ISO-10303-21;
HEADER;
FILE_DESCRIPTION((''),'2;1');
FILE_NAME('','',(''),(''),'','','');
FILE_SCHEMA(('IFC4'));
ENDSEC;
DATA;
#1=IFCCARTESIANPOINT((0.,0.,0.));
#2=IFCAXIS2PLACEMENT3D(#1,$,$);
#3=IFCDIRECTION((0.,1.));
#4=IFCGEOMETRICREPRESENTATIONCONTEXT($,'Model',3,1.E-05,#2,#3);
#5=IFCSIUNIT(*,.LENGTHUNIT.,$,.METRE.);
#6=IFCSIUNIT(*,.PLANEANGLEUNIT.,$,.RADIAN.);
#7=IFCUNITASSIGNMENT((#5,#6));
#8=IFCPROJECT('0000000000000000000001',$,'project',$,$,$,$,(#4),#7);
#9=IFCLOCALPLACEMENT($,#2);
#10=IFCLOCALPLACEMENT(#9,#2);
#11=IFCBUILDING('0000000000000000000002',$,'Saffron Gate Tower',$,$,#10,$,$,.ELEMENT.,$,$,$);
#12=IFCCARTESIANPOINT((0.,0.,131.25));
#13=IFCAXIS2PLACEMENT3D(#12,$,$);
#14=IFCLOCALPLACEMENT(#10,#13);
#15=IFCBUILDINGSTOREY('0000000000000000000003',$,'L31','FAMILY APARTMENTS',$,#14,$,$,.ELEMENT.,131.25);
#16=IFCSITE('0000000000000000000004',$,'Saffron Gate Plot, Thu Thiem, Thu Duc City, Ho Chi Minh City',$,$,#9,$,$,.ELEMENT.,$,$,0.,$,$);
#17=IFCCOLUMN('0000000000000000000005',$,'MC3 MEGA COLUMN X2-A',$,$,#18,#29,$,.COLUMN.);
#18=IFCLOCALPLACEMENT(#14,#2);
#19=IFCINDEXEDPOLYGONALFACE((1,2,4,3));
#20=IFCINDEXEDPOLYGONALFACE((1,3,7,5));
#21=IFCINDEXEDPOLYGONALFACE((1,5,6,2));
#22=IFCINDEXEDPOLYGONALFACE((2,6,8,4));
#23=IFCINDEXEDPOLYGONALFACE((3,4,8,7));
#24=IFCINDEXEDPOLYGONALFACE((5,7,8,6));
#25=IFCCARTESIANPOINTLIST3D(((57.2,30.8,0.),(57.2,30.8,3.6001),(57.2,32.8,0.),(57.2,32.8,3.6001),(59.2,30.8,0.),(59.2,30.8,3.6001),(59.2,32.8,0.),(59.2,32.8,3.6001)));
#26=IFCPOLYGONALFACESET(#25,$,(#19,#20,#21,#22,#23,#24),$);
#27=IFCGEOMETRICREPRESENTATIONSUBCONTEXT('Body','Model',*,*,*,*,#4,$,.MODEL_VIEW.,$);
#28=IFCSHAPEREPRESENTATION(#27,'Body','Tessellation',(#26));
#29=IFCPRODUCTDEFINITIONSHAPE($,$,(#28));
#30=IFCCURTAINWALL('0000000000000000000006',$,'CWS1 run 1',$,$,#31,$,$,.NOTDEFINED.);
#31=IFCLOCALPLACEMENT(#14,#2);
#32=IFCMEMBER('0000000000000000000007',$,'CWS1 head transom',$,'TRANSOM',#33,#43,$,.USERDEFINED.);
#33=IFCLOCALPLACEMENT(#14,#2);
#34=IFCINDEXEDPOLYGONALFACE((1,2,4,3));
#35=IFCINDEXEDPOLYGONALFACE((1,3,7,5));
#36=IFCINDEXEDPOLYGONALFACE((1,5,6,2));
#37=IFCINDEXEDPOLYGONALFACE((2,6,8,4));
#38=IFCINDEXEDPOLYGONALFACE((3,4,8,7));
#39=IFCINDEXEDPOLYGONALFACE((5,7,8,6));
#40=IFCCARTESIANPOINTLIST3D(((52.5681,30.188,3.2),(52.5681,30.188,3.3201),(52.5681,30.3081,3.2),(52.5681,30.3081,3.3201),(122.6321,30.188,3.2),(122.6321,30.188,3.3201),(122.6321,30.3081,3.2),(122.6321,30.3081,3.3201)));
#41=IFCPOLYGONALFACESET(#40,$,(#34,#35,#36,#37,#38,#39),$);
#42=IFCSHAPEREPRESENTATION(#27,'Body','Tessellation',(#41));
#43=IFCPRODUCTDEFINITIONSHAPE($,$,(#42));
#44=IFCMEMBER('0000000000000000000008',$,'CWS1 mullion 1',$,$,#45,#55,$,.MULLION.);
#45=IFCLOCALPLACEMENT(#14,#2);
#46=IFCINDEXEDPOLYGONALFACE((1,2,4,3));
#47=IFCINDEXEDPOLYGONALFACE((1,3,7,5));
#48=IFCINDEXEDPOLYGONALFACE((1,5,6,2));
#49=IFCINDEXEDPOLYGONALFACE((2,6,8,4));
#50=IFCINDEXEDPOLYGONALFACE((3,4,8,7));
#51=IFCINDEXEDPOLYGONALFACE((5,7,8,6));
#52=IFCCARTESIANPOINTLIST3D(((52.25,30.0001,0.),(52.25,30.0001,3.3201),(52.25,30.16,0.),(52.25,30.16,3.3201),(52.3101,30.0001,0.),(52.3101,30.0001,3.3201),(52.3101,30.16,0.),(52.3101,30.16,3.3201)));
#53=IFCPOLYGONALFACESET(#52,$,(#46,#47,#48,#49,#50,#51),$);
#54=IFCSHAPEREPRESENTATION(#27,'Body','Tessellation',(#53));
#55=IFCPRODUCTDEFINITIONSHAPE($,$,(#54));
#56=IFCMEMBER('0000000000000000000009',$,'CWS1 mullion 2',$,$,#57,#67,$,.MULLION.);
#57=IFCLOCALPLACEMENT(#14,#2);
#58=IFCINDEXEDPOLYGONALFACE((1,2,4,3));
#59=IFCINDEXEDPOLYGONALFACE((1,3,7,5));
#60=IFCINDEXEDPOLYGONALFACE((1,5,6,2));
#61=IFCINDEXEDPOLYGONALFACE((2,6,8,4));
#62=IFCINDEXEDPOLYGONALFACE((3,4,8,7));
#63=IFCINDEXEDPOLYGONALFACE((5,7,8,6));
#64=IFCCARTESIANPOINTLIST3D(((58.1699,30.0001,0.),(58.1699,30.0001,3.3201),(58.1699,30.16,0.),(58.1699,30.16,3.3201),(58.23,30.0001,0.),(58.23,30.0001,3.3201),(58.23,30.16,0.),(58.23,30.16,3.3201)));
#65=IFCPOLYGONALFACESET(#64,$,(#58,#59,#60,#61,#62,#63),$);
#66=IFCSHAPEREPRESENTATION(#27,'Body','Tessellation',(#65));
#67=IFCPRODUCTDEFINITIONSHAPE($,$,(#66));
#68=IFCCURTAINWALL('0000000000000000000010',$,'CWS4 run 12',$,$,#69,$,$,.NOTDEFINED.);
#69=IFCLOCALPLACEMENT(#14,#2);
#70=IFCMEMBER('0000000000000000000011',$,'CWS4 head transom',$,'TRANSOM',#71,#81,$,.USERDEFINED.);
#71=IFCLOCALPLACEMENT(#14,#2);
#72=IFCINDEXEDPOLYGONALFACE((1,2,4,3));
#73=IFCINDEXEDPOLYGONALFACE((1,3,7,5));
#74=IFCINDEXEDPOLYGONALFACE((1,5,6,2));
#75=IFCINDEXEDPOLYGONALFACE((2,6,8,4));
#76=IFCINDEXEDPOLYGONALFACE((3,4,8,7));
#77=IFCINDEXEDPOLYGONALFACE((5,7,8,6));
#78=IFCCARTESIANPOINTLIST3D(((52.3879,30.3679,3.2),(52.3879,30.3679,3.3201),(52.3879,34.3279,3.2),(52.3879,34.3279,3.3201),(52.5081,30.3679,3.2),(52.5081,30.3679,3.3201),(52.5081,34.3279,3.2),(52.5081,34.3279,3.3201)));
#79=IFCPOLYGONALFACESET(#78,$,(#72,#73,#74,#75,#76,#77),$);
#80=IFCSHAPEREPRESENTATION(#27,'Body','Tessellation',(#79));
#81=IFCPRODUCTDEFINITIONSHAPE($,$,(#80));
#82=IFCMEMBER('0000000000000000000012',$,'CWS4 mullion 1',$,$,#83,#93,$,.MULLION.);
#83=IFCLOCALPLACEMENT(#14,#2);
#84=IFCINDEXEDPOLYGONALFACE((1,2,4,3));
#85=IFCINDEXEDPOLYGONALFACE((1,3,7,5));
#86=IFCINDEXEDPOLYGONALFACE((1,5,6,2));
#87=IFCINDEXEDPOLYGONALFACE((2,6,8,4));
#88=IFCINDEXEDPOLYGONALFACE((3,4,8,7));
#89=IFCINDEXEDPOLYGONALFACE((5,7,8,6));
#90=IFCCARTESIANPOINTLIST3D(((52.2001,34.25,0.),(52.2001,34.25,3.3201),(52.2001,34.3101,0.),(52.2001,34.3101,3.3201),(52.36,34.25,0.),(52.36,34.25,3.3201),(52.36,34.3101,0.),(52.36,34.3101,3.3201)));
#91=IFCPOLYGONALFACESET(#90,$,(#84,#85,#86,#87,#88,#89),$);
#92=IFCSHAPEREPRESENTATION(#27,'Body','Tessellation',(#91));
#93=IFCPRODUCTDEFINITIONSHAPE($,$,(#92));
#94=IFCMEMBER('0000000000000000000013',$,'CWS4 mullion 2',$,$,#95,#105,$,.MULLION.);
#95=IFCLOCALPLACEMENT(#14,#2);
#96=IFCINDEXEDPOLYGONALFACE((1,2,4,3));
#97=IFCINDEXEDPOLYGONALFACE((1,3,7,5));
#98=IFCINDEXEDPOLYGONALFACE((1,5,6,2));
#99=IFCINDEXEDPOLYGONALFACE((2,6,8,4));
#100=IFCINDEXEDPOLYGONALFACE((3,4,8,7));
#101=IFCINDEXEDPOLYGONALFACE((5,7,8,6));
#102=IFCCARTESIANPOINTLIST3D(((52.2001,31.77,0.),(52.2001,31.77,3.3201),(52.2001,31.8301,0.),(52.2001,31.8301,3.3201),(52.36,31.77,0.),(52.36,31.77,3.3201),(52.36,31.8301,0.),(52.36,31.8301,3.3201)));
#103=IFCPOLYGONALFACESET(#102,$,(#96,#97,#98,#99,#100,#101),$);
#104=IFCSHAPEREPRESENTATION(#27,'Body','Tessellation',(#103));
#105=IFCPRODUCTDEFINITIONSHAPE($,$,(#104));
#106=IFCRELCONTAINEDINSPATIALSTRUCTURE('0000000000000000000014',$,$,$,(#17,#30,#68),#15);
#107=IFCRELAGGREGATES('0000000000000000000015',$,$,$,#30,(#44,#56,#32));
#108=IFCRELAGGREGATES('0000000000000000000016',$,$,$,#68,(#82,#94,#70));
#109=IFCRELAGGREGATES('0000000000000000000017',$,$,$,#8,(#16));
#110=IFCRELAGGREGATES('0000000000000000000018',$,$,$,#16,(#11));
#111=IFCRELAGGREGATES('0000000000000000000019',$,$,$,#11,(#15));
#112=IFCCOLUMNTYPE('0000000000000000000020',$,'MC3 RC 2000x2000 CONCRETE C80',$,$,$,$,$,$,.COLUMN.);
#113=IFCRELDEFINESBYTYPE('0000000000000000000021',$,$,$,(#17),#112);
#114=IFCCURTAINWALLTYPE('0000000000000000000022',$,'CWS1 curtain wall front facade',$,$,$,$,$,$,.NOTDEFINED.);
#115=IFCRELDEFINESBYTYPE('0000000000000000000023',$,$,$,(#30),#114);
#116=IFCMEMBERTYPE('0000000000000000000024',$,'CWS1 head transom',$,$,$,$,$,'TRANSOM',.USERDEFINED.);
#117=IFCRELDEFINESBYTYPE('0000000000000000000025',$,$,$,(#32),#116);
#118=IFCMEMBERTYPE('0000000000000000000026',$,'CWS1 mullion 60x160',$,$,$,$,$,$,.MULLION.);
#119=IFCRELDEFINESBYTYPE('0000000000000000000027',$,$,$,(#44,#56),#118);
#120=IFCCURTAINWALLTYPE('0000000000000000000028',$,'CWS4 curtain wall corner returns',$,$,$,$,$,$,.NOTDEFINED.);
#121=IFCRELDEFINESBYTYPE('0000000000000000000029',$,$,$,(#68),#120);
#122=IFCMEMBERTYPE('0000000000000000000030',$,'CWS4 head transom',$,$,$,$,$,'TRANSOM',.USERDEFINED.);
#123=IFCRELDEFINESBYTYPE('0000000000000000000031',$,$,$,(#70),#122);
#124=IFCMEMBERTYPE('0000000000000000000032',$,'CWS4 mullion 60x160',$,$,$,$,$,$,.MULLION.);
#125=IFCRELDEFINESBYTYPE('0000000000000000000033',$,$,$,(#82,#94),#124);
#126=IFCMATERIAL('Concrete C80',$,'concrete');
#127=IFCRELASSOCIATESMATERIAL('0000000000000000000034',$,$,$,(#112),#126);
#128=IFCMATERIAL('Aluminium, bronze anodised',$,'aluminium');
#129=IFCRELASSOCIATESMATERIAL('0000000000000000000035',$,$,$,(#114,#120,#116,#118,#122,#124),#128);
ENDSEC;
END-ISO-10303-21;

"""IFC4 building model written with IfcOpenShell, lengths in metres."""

from ifc_helpers import new_model, si_unit, direction, frame, origin, origin_2d, place, context, subcontext, project, spatial, rectangle, extrude, material, material_profile, profile_set, type_object, element, aggregate, save


model = new_model("IFC4")

# Units and contexts
model_context = context("Model", 3, precision=1e-05, world=origin(), true_north=direction((0.0, 1.0)))
body_context = subcontext(model_context, "Body", "Model", "MODEL_VIEW")
ifc_project = project(units=[si_unit("LENGTHUNIT", "METRE"), si_unit("PLANEANGLEUNIT", "RADIAN")], contexts=[model_context])

# Site, building, storey
site_placement = place(None, origin())
site = spatial("IfcSite", under=ifc_project, at=site_placement, Name="Saffron Gate Plot, Thu Thiem, Thu Duc City, Ho Chi Minh City", CompositionType="ELEMENT", RefElevation=0.0)
building_placement = place(site_placement, origin())
building = spatial("IfcBuilding", under=site, at=building_placement, Name="Saffron Gate Tower", CompositionType="ELEMENT")
storey_placement = place(building_placement, frame((0.0, 0.0, 131.25)))
storey = spatial("IfcBuildingStorey", under=building, at=storey_placement, Name="L31", Description="FAMILY APARTMENTS", CompositionType="ELEMENT", Elevation=131.25)

# Column
ifc_material_1 = material(Name="Concrete C80", Category="concrete")
ifc_material_profile_1 = material_profile(ifc_material_1, rectangle(XDim=2.0, YDim=2.0, at=origin_2d()))
ifc_profile_set_1 = profile_set([ifc_material_profile_1], Name="Concrete C80")
column_type = type_object("IfcColumnType", Name="MC3 RC 2000x2000 CONCRETE C80", PredefinedType="COLUMN", material=ifc_profile_set_1)
column_placement = place(storey_placement, frame((58.2, 31.8, 0.0), z_axis=(0.0, 0.0, 1.0), x_axis=(1.0, 0.0, 0.0)))
element("IfcColumn", 1, at=column_placement, inside=storey, type_object=column_type, Name="MC3 MEGA COLUMN X2-A", PredefinedType="COLUMN", context=body_context, shape_type="SweptSolid", body=[
    extrude(rectangle(XDim=2.0, YDim=2.0, at=origin_2d()), origin(), (0.0, 0.0, 1.0), 3.6001),
])

# Curtain walls, members
ifc_material_2 = material(Name="Aluminium, bronze anodised", Category="aluminium")
curtain_wall_type_1 = type_object("IfcCurtainWallType", Name="CWS1 curtain wall front facade", PredefinedType="NOTDEFINED", material=ifc_material_2)
curtain_wall_1_placement = place(storey_placement, origin())
curtain_wall_1 = element("IfcCurtainWall", 2, at=curtain_wall_1_placement, inside=storey, type_object=curtain_wall_type_1, Name="CWS1 run 1", PredefinedType="NOTDEFINED")
ifc_material_profile_2 = material_profile(ifc_material_2, rectangle(XDim=0.1201, YDim=0.1201, at=origin_2d()))
ifc_profile_set_2 = profile_set([ifc_material_profile_2], Name="Aluminium, bronze anodised")
member_type_1 = type_object("IfcMemberType", Name="CWS1 head transom", ElementType="TRANSOM", PredefinedType="USERDEFINED", material=ifc_profile_set_2)
member_1_placement = place(storey_placement, frame((52.5681, 30.248, 3.26), z_axis=(1.0, 0.0, 0.0), x_axis=(0.0, 1.0, 0.0)))
member_1 = element("IfcMember", 3, at=member_1_placement, type_object=member_type_1, Name="CWS1 head transom", ObjectType="TRANSOM", PredefinedType="USERDEFINED", context=body_context, shape_type="SweptSolid", body=[
    extrude(rectangle(XDim=0.1201, YDim=0.1201, at=origin_2d()), origin(), (0.0, 0.0, 1.0), 70.064),
])
ifc_material_profile_3 = material_profile(ifc_material_2, rectangle(XDim=0.1599, YDim=0.0601, at=origin_2d()))
ifc_profile_set_3 = profile_set([ifc_material_profile_3], Name="Aluminium, bronze anodised")
member_type_2 = type_object("IfcMemberType", Name="CWS1 mullion 60x160", PredefinedType="MULLION", material=ifc_profile_set_3)
member_2_placement = place(storey_placement, frame((52.28, 30.0801, 0.0), z_axis=(0.0, 0.0, 1.0), x_axis=(0.0, 1.0, 0.0)))
member_2 = element("IfcMember", 4, at=member_2_placement, type_object=member_type_2, Name="CWS1 mullion 1", PredefinedType="MULLION", context=body_context, shape_type="SweptSolid", body=[
    extrude(rectangle(XDim=0.1599, YDim=0.0601, at=origin_2d()), origin(), (0.0, 0.0, 1.0), 3.3201),
])
member_3_placement = place(storey_placement, frame((58.2, 30.0801, 0.0), z_axis=(0.0, 0.0, 1.0), x_axis=(0.0, 1.0, 0.0)))
member_3 = element("IfcMember", 5, at=member_3_placement, type_object=member_type_2, Name="CWS1 mullion 2", PredefinedType="MULLION", context=body_context, shape_type="SweptSolid", body=[
    extrude(rectangle(XDim=0.1599, YDim=0.0601, at=origin_2d()), origin(), (0.0, 0.0, 1.0), 3.3201),
])
curtain_wall_type_2 = type_object("IfcCurtainWallType", Name="CWS4 curtain wall corner returns", PredefinedType="NOTDEFINED", material=ifc_material_2)
curtain_wall_2_placement = place(storey_placement, origin())
curtain_wall_2 = element("IfcCurtainWall", 6, at=curtain_wall_2_placement, inside=storey, type_object=curtain_wall_type_2, Name="CWS4 run 12", PredefinedType="NOTDEFINED")
ifc_material_profile_4 = material_profile(ifc_material_2, rectangle(XDim=0.1201, YDim=0.1201, at=origin_2d()))
ifc_profile_set_4 = profile_set([ifc_material_profile_4], Name="Aluminium, bronze anodised")
member_type_3 = type_object("IfcMemberType", Name="CWS4 head transom", ElementType="TRANSOM", PredefinedType="USERDEFINED", material=ifc_profile_set_4)
member_4_placement = place(storey_placement, frame((52.448, 34.3279, 3.26), z_axis=(0.0, -1.0, 0.0), x_axis=(1.0, 0.0, 0.0)))
member_4 = element("IfcMember", 7, at=member_4_placement, type_object=member_type_3, Name="CWS4 head transom", ObjectType="TRANSOM", PredefinedType="USERDEFINED", context=body_context, shape_type="SweptSolid", body=[
    extrude(rectangle(XDim=0.1201, YDim=0.1201, at=origin_2d()), origin(), (0.0, 0.0, 1.0), 3.96),
])
ifc_material_profile_5 = material_profile(ifc_material_2, rectangle(XDim=0.1599, YDim=0.0601, at=origin_2d()))
ifc_profile_set_5 = profile_set([ifc_material_profile_5], Name="Aluminium, bronze anodised")
member_type_4 = type_object("IfcMemberType", Name="CWS4 mullion 60x160", PredefinedType="MULLION", material=ifc_profile_set_5)
member_5_placement = place(storey_placement, frame((52.28, 34.28, 0.0), z_axis=(0.0, 0.0, 1.0), x_axis=(1.0, 0.0, 0.0)))
member_5 = element("IfcMember", 8, at=member_5_placement, type_object=member_type_4, Name="CWS4 mullion 1", PredefinedType="MULLION", context=body_context, shape_type="SweptSolid", body=[
    extrude(rectangle(XDim=0.1599, YDim=0.0601, at=origin_2d()), origin(), (0.0, 0.0, 1.0), 3.3201),
])
member_6_placement = place(storey_placement, frame((52.28, 31.8, 0.0), z_axis=(0.0, 0.0, 1.0), x_axis=(1.0, 0.0, 0.0)))
member_6 = element("IfcMember", 9, at=member_6_placement, type_object=member_type_4, Name="CWS4 mullion 2", PredefinedType="MULLION", context=body_context, shape_type="SweptSolid", body=[
    extrude(rectangle(XDim=0.1599, YDim=0.0601, at=origin_2d()), origin(), (0.0, 0.0, 1.0), 3.3201),
])

aggregate(curtain_wall_1, [member_2, member_3, member_1])

aggregate(curtain_wall_2, [member_5, member_6, member_4])

save(model, "model.ifc")
